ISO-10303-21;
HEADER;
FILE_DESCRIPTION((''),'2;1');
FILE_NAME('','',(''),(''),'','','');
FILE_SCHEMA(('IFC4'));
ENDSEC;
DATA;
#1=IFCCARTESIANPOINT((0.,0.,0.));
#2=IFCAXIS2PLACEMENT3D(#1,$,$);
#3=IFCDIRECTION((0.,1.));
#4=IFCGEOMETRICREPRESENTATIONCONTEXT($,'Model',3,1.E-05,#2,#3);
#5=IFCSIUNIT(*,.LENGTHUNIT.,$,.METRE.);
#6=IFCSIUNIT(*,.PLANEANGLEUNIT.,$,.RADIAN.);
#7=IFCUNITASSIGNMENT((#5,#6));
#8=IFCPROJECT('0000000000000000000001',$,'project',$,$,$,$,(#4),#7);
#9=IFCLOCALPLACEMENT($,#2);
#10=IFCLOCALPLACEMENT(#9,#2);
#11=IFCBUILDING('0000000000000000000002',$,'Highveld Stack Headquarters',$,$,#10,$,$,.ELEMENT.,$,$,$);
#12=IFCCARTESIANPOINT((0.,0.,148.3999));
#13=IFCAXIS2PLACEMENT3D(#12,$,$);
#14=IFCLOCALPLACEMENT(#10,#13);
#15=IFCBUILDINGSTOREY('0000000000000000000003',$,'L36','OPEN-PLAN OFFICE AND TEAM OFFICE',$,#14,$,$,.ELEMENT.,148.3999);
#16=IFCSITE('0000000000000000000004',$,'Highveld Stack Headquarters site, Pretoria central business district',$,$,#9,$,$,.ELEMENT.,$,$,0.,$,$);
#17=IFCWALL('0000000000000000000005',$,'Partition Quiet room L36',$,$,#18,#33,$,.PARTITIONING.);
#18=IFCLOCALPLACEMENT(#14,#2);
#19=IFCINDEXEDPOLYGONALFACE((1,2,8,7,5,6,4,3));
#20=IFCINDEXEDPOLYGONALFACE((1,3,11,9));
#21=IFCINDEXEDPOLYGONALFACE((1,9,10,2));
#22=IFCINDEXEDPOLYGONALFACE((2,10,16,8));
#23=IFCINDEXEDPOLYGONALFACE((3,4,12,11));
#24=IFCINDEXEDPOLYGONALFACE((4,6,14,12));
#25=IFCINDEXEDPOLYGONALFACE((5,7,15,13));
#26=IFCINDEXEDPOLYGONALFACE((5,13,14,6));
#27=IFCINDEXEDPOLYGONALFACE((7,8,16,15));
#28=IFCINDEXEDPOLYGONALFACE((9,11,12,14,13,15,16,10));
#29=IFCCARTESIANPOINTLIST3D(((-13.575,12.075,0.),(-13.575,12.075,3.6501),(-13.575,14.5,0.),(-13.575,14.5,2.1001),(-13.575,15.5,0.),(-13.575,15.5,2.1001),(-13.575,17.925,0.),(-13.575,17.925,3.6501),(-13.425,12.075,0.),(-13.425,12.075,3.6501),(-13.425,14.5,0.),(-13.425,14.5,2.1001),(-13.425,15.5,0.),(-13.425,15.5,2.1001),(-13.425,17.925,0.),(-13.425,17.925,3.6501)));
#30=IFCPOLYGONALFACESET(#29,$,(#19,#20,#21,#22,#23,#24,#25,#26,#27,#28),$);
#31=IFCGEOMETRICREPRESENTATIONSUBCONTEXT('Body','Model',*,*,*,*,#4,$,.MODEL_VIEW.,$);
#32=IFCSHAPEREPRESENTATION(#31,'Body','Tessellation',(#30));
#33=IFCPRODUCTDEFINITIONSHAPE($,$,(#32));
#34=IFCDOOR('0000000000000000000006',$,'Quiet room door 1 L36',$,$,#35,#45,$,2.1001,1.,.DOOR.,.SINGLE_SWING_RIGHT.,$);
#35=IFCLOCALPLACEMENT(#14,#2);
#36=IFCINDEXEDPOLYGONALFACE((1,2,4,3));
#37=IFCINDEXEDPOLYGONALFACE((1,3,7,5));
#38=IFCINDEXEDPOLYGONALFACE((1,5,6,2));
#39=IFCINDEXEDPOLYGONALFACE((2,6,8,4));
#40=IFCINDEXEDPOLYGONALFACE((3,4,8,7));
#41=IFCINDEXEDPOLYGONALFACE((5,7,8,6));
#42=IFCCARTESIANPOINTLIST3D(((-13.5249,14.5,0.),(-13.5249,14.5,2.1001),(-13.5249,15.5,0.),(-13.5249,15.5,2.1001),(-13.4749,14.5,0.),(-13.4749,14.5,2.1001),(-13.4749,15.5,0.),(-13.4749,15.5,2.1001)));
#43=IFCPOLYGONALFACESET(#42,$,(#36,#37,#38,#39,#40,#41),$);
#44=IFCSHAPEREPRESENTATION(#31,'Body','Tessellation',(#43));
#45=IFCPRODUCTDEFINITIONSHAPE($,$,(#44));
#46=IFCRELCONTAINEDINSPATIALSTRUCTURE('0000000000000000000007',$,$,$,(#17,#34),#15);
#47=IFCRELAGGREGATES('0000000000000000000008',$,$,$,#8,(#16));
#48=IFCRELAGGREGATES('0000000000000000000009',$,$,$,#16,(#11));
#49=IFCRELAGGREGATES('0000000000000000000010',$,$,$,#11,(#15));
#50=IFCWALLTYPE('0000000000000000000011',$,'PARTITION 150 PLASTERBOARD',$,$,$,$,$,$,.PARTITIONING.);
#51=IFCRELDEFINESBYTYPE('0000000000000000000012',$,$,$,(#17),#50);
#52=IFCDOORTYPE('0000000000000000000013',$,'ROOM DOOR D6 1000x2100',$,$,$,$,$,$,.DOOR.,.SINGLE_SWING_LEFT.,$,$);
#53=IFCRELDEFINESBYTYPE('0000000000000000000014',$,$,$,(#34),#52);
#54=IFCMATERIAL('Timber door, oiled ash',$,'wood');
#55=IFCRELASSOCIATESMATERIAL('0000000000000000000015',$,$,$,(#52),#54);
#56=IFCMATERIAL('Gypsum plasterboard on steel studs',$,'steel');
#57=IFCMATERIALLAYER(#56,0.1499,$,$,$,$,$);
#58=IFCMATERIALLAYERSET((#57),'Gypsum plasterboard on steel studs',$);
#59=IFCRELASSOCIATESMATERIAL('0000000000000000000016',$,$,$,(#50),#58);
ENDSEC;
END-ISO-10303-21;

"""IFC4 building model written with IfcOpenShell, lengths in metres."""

from ifc_helpers import new_model, si_unit, direction, frame, frame_2d, origin, place, context, subcontext, project, spatial, rectangle, extrude, material, layer, layer_set, type_object, element, fill, save


model = new_model("IFC4")

# Units and contexts
model_context = context("Model", 3, precision=1e-05, world=origin(), true_north=direction((0.0, 1.0)))
body_context = subcontext(model_context, "Body", "Model", "MODEL_VIEW")
ifc_project = project(units=[si_unit("LENGTHUNIT", "METRE"), si_unit("PLANEANGLEUNIT", "RADIAN")], contexts=[model_context])

# Site, building, storey
site_placement = place(None, origin())
site = spatial("IfcSite", under=ifc_project, at=site_placement, Name="Highveld Stack Headquarters site, Pretoria central business district", CompositionType="ELEMENT", RefElevation=0.0)
building_placement = place(site_placement, origin())
building = spatial("IfcBuilding", under=site, at=building_placement, Name="Highveld Stack Headquarters", CompositionType="ELEMENT")
storey_placement = place(building_placement, frame((0.0, 0.0, 148.3999)))
storey = spatial("IfcBuildingStorey", under=building, at=storey_placement, Name="L36", Description="OPEN-PLAN OFFICE AND TEAM OFFICE", CompositionType="ELEMENT", Elevation=148.3999)

# Shared definitions
ifc_material_1 = material(Name="Timber door, oiled ash", Category="wood")
door_type = type_object("IfcDoorType", Name="ROOM DOOR D6 1000x2100", OperationType="SINGLE_SWING_LEFT", PredefinedType="DOOR", material=ifc_material_1)

# Shared definitions
ifc_material_2 = material(Name="Gypsum plasterboard on steel studs", Category="steel")
ifc_layer_1 = layer(ifc_material_2, 0.1499)
ifc_layer_set_1 = layer_set([ifc_layer_1], Name="Gypsum plasterboard on steel studs")
wall_type_1 = type_object("IfcWallType", Name="PARTITION 150 PLASTERBOARD", PredefinedType="PARTITIONING", material=ifc_layer_set_1)

# Wall, opening, door
wall_1_placement = place(storey_placement, frame((-13.5, 12.075, 0.0), z_axis=(0.0, 0.0, 1.0), x_axis=(0.0, 1.0, 0.0)))
wall_1 = element("IfcWall", 1, at=wall_1_placement, inside=storey, type_object=wall_type_1, Name="Partition Quiet room L36", PredefinedType="PARTITIONING", context=body_context, shape_type="SweptSolid", body=[
    extrude(rectangle(XDim=5.8501, YDim=0.1499, at=frame_2d((2.925, 0.0))), origin(), (0.0, 0.0, 1.0), 3.6501),
])
opening_1_placement = place(wall_1_placement, frame((2.425, 0.0, 0.0)))
opening_1 = element("IfcOpeningElement", 2, at=opening_1_placement, cuts=wall_1, PredefinedType="OPENING", context=body_context, shape_type="SweptSolid", body=[
    extrude(rectangle(XDim=1.0, YDim=2.1001, at=frame_2d((0.5, 1.05))), frame((0.0, 0.085, 0.0), z_axis=(0.0, -1.0, 0.0), x_axis=(1.0, 0.0, 0.0)), (0.0, 0.0, 1.0), 0.1699),
])
door_1_placement = place(opening_1_placement, origin())
door_1 = element("IfcDoor", 3, at=door_1_placement, inside=storey, type_object=door_type, Name="Quiet room door 1 L36", OperationType="SINGLE_SWING_RIGHT", OverallHeight=2.1001, OverallWidth=1.0, PredefinedType="DOOR", context=body_context, shape_type="SweptSolid", body=[
    extrude(rectangle(XDim=1.0, YDim=2.1001, at=frame_2d((0.5, 1.05))), frame((0.0, 0.0249, 0.0), z_axis=(0.0, -1.0, 0.0), x_axis=(1.0, 0.0, 0.0)), (0.0, 0.0, 1.0), 0.05),
])
fill(opening_1, door_1)

save(model, "model.ifc")
